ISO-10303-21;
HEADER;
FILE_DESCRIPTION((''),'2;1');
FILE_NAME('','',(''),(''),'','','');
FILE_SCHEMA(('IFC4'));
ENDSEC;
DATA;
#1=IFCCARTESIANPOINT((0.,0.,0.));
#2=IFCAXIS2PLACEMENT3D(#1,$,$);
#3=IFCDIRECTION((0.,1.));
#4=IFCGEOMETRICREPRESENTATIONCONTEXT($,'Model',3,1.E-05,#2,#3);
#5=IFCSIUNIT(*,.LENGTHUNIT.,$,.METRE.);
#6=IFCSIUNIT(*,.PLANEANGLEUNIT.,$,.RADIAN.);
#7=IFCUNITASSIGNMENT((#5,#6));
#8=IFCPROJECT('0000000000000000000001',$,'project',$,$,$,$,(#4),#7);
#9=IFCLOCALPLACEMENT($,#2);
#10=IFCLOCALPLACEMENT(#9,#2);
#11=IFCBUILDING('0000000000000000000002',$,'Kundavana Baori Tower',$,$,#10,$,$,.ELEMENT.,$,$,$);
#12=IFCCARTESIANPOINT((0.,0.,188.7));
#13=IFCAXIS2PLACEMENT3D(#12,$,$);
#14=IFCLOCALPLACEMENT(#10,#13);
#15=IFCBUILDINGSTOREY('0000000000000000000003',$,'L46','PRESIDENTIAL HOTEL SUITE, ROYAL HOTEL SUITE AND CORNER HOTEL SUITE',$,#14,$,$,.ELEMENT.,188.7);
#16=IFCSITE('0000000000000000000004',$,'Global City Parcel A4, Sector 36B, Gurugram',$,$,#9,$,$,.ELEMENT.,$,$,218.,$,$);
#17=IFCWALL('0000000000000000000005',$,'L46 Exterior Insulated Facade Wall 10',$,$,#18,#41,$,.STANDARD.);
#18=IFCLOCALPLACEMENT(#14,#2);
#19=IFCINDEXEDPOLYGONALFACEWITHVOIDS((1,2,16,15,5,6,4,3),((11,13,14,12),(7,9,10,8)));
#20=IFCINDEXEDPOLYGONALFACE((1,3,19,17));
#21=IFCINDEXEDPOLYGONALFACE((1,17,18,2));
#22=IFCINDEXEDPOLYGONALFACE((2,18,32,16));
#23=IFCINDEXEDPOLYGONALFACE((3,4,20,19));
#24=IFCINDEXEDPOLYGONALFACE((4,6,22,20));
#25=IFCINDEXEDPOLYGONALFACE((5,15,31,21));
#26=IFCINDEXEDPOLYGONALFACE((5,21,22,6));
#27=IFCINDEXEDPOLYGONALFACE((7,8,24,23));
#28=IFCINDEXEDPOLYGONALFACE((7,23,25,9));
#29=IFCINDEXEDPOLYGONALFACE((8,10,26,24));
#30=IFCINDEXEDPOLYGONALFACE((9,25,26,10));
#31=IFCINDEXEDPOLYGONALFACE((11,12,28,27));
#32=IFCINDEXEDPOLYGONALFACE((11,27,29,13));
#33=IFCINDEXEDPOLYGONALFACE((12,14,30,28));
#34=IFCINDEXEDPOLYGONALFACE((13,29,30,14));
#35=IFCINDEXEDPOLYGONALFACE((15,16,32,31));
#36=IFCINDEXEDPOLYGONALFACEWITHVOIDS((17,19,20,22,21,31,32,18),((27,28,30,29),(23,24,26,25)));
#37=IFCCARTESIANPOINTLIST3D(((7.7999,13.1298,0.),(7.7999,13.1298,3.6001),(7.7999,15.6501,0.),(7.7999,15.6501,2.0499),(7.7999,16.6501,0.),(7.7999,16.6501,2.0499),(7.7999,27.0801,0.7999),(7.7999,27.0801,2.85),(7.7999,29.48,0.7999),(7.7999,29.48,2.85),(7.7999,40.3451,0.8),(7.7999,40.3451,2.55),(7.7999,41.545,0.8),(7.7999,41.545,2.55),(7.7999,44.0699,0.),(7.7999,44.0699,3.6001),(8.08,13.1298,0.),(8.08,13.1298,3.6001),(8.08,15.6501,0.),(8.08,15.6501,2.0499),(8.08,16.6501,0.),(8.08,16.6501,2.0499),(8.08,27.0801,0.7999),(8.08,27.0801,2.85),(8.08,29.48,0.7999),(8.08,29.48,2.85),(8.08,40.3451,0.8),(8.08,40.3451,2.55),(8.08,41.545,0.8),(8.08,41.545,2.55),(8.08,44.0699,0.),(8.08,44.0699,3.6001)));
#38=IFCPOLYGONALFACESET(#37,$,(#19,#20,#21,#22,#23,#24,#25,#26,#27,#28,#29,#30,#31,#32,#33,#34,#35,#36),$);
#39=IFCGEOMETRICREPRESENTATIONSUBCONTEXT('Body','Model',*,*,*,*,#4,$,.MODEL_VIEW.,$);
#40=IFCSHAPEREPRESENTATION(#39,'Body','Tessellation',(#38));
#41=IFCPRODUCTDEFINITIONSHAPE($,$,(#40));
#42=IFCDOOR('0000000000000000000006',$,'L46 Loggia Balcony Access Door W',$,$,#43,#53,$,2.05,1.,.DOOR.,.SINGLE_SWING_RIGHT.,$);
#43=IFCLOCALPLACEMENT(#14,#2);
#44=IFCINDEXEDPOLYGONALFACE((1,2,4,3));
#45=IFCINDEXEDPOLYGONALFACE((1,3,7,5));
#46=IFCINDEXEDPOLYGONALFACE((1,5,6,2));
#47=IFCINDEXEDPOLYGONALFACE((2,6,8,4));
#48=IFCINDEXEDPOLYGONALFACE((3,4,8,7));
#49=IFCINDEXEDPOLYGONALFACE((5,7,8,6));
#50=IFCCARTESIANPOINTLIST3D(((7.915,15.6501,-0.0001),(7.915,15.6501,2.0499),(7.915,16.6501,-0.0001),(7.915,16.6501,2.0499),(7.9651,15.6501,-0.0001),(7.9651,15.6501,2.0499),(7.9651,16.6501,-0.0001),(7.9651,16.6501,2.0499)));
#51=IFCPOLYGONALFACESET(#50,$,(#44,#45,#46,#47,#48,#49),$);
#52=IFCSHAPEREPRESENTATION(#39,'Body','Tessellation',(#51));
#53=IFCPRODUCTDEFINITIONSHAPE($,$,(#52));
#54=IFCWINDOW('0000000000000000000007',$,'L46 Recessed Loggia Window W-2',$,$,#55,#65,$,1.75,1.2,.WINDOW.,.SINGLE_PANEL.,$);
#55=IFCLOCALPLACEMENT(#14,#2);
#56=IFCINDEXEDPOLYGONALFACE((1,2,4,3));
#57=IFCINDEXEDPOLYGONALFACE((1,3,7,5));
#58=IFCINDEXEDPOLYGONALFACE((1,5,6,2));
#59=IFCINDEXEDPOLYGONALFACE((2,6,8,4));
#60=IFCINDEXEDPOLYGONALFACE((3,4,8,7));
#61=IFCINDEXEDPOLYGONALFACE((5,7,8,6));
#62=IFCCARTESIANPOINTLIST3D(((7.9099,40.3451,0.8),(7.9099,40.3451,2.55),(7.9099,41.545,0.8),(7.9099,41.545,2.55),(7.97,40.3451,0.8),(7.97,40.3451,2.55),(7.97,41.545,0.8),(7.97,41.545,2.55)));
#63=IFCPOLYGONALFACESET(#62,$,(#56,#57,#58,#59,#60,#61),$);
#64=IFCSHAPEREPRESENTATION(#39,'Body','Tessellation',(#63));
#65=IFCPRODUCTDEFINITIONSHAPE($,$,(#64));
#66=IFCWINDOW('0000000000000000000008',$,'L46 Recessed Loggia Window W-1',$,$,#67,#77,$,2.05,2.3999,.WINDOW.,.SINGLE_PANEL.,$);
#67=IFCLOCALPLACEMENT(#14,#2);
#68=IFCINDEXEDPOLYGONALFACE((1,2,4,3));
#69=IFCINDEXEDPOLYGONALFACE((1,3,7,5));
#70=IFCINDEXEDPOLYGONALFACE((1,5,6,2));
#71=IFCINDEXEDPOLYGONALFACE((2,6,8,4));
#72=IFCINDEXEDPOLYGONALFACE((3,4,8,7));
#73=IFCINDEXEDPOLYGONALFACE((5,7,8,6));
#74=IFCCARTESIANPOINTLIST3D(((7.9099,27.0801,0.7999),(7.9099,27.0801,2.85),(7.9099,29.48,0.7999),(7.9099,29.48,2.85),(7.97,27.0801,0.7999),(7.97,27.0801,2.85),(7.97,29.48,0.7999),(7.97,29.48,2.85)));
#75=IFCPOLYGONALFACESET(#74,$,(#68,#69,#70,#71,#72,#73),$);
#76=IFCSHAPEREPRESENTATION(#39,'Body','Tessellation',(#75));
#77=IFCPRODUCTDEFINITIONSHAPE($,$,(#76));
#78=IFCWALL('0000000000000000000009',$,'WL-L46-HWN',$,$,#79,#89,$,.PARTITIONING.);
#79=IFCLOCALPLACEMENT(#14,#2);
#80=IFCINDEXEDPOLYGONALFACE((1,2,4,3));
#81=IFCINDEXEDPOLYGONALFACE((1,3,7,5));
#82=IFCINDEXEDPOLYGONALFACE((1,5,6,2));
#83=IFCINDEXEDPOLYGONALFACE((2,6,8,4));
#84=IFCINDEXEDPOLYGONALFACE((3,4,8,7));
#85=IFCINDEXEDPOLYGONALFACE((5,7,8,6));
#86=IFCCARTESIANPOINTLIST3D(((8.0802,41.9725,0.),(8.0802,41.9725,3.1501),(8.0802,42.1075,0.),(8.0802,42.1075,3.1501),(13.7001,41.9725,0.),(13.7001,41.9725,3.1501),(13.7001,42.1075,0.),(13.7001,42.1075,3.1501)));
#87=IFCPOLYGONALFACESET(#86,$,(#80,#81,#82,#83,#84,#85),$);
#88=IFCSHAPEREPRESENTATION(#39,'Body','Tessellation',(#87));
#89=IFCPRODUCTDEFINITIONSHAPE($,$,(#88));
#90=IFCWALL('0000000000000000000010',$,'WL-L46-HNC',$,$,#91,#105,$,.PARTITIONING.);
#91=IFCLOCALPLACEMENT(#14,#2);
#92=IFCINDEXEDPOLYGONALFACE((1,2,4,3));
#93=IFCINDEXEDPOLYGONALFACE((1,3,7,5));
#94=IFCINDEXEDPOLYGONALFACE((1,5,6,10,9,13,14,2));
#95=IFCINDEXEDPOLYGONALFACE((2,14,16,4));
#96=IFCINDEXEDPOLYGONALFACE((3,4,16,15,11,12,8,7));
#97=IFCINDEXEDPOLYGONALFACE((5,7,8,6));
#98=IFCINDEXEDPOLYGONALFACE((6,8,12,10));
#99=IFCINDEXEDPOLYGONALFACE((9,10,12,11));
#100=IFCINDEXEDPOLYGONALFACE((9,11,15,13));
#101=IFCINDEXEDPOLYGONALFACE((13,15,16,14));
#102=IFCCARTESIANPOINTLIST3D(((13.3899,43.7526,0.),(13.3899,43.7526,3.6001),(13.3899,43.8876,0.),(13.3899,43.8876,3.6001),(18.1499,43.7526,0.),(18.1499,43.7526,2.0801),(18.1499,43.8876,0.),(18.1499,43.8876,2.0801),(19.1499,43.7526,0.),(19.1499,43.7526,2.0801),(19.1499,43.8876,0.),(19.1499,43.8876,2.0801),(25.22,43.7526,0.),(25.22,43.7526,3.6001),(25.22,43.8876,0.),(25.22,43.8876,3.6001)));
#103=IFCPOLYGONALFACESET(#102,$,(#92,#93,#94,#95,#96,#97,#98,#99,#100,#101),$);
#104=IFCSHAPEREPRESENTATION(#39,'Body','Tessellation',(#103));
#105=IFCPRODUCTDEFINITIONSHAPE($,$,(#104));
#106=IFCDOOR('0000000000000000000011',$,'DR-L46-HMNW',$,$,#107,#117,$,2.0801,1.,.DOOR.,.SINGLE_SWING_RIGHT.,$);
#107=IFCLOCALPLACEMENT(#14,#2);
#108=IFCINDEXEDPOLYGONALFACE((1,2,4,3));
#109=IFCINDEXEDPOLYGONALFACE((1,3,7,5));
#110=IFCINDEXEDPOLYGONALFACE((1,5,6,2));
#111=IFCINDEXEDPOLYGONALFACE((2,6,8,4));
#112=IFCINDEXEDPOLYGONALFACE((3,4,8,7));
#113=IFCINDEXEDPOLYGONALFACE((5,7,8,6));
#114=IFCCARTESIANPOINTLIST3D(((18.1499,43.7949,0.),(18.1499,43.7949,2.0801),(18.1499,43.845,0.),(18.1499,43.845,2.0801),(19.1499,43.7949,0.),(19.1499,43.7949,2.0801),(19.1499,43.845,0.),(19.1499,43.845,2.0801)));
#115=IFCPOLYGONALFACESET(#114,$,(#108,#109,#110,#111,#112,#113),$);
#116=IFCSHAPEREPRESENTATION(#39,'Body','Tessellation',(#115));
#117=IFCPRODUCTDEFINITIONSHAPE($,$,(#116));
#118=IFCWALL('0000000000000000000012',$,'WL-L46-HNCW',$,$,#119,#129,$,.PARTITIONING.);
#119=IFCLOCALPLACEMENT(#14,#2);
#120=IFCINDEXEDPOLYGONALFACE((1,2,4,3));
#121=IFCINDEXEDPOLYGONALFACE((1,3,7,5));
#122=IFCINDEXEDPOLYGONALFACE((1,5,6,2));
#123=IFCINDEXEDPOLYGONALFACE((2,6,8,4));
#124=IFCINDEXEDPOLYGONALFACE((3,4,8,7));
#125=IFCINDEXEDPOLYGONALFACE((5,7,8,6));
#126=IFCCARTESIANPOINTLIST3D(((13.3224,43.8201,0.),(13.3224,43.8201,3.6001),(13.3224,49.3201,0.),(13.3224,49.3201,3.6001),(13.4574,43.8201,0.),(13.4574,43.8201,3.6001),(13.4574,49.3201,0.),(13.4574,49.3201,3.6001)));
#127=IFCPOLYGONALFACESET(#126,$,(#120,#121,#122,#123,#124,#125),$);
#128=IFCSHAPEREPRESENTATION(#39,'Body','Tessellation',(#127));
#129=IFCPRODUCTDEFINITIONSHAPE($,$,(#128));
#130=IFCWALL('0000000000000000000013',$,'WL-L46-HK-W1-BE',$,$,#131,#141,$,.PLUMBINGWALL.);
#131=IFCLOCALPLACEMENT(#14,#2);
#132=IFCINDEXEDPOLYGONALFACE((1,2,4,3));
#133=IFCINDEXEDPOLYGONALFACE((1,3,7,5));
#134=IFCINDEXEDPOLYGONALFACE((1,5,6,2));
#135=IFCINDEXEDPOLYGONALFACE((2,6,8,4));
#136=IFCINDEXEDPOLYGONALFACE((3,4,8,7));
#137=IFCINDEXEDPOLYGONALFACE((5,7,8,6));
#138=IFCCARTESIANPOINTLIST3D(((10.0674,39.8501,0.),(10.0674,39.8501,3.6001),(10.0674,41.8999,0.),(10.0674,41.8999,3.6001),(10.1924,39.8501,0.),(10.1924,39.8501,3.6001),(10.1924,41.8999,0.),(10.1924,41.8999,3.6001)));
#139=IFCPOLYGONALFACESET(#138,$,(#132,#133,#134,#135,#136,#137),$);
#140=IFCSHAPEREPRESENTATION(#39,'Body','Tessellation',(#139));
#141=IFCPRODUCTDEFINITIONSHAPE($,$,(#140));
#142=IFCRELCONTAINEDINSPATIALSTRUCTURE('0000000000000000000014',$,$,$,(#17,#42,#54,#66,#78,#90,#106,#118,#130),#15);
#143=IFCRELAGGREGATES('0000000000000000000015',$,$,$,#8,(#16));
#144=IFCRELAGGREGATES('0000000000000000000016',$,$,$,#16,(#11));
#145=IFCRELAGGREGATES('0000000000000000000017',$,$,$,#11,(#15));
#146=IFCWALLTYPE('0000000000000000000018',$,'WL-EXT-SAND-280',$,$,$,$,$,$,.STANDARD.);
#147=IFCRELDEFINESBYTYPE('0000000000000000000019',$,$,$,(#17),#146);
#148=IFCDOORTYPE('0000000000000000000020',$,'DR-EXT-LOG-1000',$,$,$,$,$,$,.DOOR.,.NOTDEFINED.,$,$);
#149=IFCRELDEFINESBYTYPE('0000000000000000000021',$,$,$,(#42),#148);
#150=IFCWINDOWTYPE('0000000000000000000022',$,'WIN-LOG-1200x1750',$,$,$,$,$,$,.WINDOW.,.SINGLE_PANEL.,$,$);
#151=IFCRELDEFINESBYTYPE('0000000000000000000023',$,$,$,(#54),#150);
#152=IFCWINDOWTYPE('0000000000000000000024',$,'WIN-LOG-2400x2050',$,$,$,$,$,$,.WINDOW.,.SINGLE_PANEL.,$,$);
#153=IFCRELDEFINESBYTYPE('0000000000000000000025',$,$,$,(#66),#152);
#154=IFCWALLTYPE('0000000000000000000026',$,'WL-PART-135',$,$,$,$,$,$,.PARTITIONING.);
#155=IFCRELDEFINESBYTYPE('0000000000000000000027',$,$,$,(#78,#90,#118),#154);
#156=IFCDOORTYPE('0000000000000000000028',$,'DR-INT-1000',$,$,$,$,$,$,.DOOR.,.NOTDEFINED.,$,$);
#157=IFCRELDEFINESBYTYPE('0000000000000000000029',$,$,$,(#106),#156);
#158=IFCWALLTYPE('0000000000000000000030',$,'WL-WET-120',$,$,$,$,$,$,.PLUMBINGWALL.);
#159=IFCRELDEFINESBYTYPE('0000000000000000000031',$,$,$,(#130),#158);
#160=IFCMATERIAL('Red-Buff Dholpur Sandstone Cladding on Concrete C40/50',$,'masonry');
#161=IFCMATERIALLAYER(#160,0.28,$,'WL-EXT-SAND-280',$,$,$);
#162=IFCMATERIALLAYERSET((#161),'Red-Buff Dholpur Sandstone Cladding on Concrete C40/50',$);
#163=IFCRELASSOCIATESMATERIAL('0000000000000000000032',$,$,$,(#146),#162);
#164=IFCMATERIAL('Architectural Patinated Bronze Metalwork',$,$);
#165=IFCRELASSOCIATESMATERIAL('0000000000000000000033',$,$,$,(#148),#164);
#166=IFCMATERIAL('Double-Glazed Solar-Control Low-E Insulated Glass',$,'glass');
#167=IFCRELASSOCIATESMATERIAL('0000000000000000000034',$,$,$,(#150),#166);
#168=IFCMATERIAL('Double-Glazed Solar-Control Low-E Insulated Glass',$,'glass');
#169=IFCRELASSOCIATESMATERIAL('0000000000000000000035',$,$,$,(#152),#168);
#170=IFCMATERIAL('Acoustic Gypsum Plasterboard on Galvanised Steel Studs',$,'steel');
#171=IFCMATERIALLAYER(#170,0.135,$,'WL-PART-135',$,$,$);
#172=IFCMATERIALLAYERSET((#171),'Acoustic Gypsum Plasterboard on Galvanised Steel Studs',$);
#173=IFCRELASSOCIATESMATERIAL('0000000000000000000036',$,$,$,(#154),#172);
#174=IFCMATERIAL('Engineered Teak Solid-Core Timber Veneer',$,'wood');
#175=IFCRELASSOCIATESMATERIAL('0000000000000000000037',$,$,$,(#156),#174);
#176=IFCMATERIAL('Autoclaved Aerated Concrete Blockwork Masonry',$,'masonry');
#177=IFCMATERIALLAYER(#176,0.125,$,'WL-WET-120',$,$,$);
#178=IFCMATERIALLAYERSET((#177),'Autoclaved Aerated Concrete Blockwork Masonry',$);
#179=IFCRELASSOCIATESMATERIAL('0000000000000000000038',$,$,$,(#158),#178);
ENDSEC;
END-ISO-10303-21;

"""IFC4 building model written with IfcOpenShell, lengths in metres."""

from ifc_helpers import new_model, si_unit, direction, frame, frame_2d, origin, place, context, subcontext, project, spatial, rectangle, extrude, material, layer, layer_set, type_object, element, fill, save


model = new_model("IFC4")

# Units and contexts
model_context = context("Model", 3, precision=1e-05, world=origin(), true_north=direction((0.0, 1.0)))
body_context = subcontext(model_context, "Body", "Model", "MODEL_VIEW")
ifc_project = project(units=[si_unit("LENGTHUNIT", "METRE"), si_unit("PLANEANGLEUNIT", "RADIAN")], contexts=[model_context])

# Site, building, storey
site_placement = place(None, origin())
site = spatial("IfcSite", under=ifc_project, at=site_placement, Name="Global City Parcel A4, Sector 36B, Gurugram", CompositionType="ELEMENT", RefElevation=218.0)
building_placement = place(site_placement, origin())
building = spatial("IfcBuilding", under=site, at=building_placement, Name="Kundavana Baori Tower", CompositionType="ELEMENT")
storey_placement = place(building_placement, frame((0.0, 0.0, 188.7)))
storey = spatial("IfcBuildingStorey", under=building, at=storey_placement, Name="L46", Description="PRESIDENTIAL HOTEL SUITE, ROYAL HOTEL SUITE AND CORNER HOTEL SUITE", CompositionType="ELEMENT", Elevation=188.7)

# Shared definitions
ifc_material_1 = material(Name="Red-Buff Dholpur Sandstone Cladding on Concrete C40/50", Category="masonry")
ifc_layer_1 = layer(ifc_material_1, 0.28, Name="WL-EXT-SAND-280")
ifc_layer_set_1 = layer_set([ifc_layer_1], Name="Red-Buff Dholpur Sandstone Cladding on Concrete C40/50")
wall_type_1 = type_object("IfcWallType", Name="WL-EXT-SAND-280", PredefinedType="STANDARD", material=ifc_layer_set_1)

# Wall, openings, door, windows
wall_1_placement = place(storey_placement, frame((7.9399, 44.0701, 0.0), z_axis=(0.0, 0.0, 1.0), x_axis=(0.0, -1.0, 0.0)))
wall_1 = element("IfcWall", 1, at=wall_1_placement, inside=storey, type_object=wall_type_1, Name="L46 Exterior Insulated Facade Wall 10", PredefinedType="STANDARD", context=body_context, shape_type="SweptSolid", body=[
    extrude(rectangle(XDim=30.9402, YDim=0.28, at=frame_2d((15.4702, 0.0))), origin(), (0.0, 0.0, 1.0), 3.6001),
])
opening_1_placement = place(wall_1_placement, frame((27.4199, 0.0, 0.0)))
opening_1 = element("IfcOpeningElement", 2, at=opening_1_placement, cuts=wall_1, PredefinedType="OPENING", context=body_context, shape_type="SweptSolid", body=[
    extrude(rectangle(XDim=1.0, YDim=2.05, at=frame_2d((0.5, 1.0249))), frame((0.0, 0.1499, 0.0), z_axis=(0.0, -1.0, 0.0), x_axis=(1.0, 0.0, 0.0)), (0.0, 0.0, 1.0), 0.3),
])
opening_2_placement = place(wall_1_placement, frame((14.5901, 0.0, 0.8)))
opening_2 = element("IfcOpeningElement", 3, at=opening_2_placement, cuts=wall_1, PredefinedType="OPENING", context=body_context, shape_type="SweptSolid", body=[
    extrude(rectangle(XDim=2.3999, YDim=2.05, at=frame_2d((1.2, 1.0249))), frame((0.0, 0.1499, 0.0), z_axis=(0.0, -1.0, 0.0), x_axis=(1.0, 0.0, 0.0)), (0.0, 0.0, 1.0), 0.3),
])
opening_3_placement = place(wall_1_placement, frame((2.5249, 0.0, 0.8)))
opening_3 = element("IfcOpeningElement", 4, at=opening_3_placement, cuts=wall_1, PredefinedType="OPENING", context=body_context, shape_type="SweptSolid", body=[
    extrude(rectangle(XDim=1.2, YDim=1.75, at=frame_2d((0.6001, 0.875))), frame((0.0, 0.1499, 0.0), z_axis=(0.0, -1.0, 0.0), x_axis=(1.0, 0.0, 0.0)), (0.0, 0.0, 1.0), 0.3),
])
ifc_material_2 = material(Name="Architectural Patinated Bronze Metalwork")
door_type_1 = type_object("IfcDoorType", Name="DR-EXT-LOG-1000", OperationType="NOTDEFINED", PredefinedType="DOOR", material=ifc_material_2)
door_1_placement = place(opening_1_placement, frame((1.0, 0.0, 0.0), z_axis=(0.0, 0.0, 1.0), x_axis=(-1.0, 0.0, 0.0)))
door_1 = element("IfcDoor", 5, at=door_1_placement, inside=storey, type_object=door_type_1, Name="L46 Loggia Balcony Access Door W", OperationType="SINGLE_SWING_RIGHT", OverallHeight=2.05, OverallWidth=1.0, PredefinedType="DOOR", context=body_context, shape_type="SweptSolid", body=[
    extrude(rectangle(XDim=1.0, YDim=2.05, at=frame_2d((0.5, 1.0249))), frame((0.0, 0.0249, 0.0), z_axis=(0.0, -1.0, 0.0), x_axis=(1.0, 0.0, 0.0)), (0.0, 0.0, 1.0), 0.05),
])
fill(opening_1, door_1)
ifc_material_3 = material(Name="Double-Glazed Solar-Control Low-E Insulated Glass", Category="glass")
window_type_1 = type_object("IfcWindowType", Name="WIN-LOG-1200x1750", PartitioningType="SINGLE_PANEL", PredefinedType="WINDOW", material=ifc_material_3)
window_1_placement = place(opening_3_placement, origin())
window_1 = element("IfcWindow", 6, at=window_1_placement, inside=storey, type_object=window_type_1, Name="L46 Recessed Loggia Window W-2", OverallHeight=1.75, OverallWidth=1.2, PartitioningType="SINGLE_PANEL", PredefinedType="WINDOW", context=body_context, shape_type="SweptSolid", body=[
    extrude(rectangle(XDim=1.2, YDim=1.75, at=frame_2d((0.6001, 0.875))), frame((0.0, 0.03, 0.0), z_axis=(0.0, -1.0, 0.0), x_axis=(1.0, 0.0, 0.0)), (0.0, 0.0, 1.0), 0.0601),
])
fill(opening_3, window_1)
ifc_material_4 = material(Name="Double-Glazed Solar-Control Low-E Insulated Glass", Category="glass")
window_type_2 = type_object("IfcWindowType", Name="WIN-LOG-2400x2050", PartitioningType="SINGLE_PANEL", PredefinedType="WINDOW", material=ifc_material_4)
window_2_placement = place(opening_2_placement, origin())
window_2 = element("IfcWindow", 7, at=window_2_placement, inside=storey, type_object=window_type_2, Name="L46 Recessed Loggia Window W-1", OverallHeight=2.05, OverallWidth=2.3999, PartitioningType="SINGLE_PANEL", PredefinedType="WINDOW", context=body_context, shape_type="SweptSolid", body=[
    extrude(rectangle(XDim=2.3999, YDim=2.05, at=frame_2d((1.2, 1.0249))), frame((0.0, 0.03, 0.0), z_axis=(0.0, -1.0, 0.0), x_axis=(1.0, 0.0, 0.0)), (0.0, 0.0, 1.0), 0.0601),
])
fill(opening_2, window_2)

# Wall
ifc_material_5 = material(Name="Acoustic Gypsum Plasterboard on Galvanised Steel Studs", Category="steel")
ifc_layer_2 = layer(ifc_material_5, 0.135, Name="WL-PART-135")
ifc_layer_set_2 = layer_set([ifc_layer_2], Name="Acoustic Gypsum Plasterboard on Galvanised Steel Studs")
wall_type_2 = type_object("IfcWallType", Name="WL-PART-135", PredefinedType="PARTITIONING", material=ifc_layer_set_2)
wall_2_placement = place(storey_placement, frame((8.0801, 42.04, 0.0), z_axis=(0.0, 0.0, 1.0), x_axis=(1.0, 0.0, 0.0)))
element("IfcWall", 8, at=wall_2_placement, inside=storey, type_object=wall_type_2, Name="WL-L46-HWN", PredefinedType="PARTITIONING", context=body_context, shape_type="SweptSolid", body=[
    extrude(rectangle(XDim=5.6199, YDim=0.135, at=frame_2d((2.8101, 0.0))), origin(), (0.0, 0.0, 1.0), 3.1501),
])

# Wall, opening, door
wall_3_placement = place(storey_placement, frame((13.3899, 43.8201, 0.0), z_axis=(0.0, 0.0, 1.0), x_axis=(1.0, 0.0, 0.0)))
wall_3 = element("IfcWall", 9, at=wall_3_placement, inside=storey, type_object=wall_type_2, Name="WL-L46-HNC", PredefinedType="PARTITIONING", context=body_context, shape_type="SweptSolid", body=[
    extrude(rectangle(XDim=11.8301, YDim=0.135, at=frame_2d((5.915, 0.0))), origin(), (0.0, 0.0, 1.0), 3.6001),
])
opening_4_placement = place(wall_3_placement, frame((4.76, 0.0, 0.0)))
opening_4 = element("IfcOpeningElement", 10, at=opening_4_placement, cuts=wall_3, PredefinedType="OPENING", context=body_context, shape_type="SweptSolid", body=[
    extrude(rectangle(XDim=1.0, YDim=2.0801, at=frame_2d((0.5, 1.04))), frame((0.0, 0.0776, 0.0), z_axis=(0.0, -1.0, 0.0), x_axis=(1.0, 0.0, 0.0)), (0.0, 0.0, 1.0), 0.155),
])
ifc_material_6 = material(Name="Engineered Teak Solid-Core Timber Veneer", Category="wood")
door_type_2 = type_object("IfcDoorType", Name="DR-INT-1000", OperationType="NOTDEFINED", PredefinedType="DOOR", material=ifc_material_6)
door_2_placement = place(opening_4_placement, origin())
door_2 = element("IfcDoor", 11, at=door_2_placement, inside=storey, type_object=door_type_2, Name="DR-L46-HMNW", OperationType="SINGLE_SWING_RIGHT", OverallHeight=2.0801, OverallWidth=1.0, PredefinedType="DOOR", context=body_context, shape_type="SweptSolid", body=[
    extrude(rectangle(XDim=1.0, YDim=2.0801, at=frame_2d((0.5, 1.04))), frame((0.0, 0.0249, 0.0), z_axis=(0.0, -1.0, 0.0), x_axis=(1.0, 0.0, 0.0)), (0.0, 0.0, 1.0), 0.05),
])
fill(opening_4, door_2)

# Walls
wall_4_placement = place(storey_placement, frame((13.3899, 43.8201, 0.0), z_axis=(0.0, 0.0, 1.0), x_axis=(0.0, 1.0, 0.0)))
element("IfcWall", 12, at=wall_4_placement, inside=storey, type_object=wall_type_2, Name="WL-L46-HNCW", PredefinedType="PARTITIONING", context=body_context, shape_type="SweptSolid", body=[
    extrude(rectangle(XDim=5.5, YDim=0.135, at=frame_2d((2.75, 0.0))), origin(), (0.0, 0.0, 1.0), 3.6001),
])
ifc_material_7 = material(Name="Autoclaved Aerated Concrete Blockwork Masonry", Category="masonry")
ifc_layer_3 = layer(ifc_material_7, 0.125, Name="WL-WET-120")
ifc_layer_set_3 = layer_set([ifc_layer_3], Name="Autoclaved Aerated Concrete Blockwork Masonry")
wall_type_3 = type_object("IfcWallType", Name="WL-WET-120", PredefinedType="PLUMBINGWALL", material=ifc_layer_set_3)
wall_5_placement = place(storey_placement, frame((10.1299, 39.8501, 0.0), z_axis=(0.0, 0.0, 1.0), x_axis=(0.0, 1.0, 0.0)))
element("IfcWall", 13, at=wall_5_placement, inside=storey, type_object=wall_type_3, Name="WL-L46-HK-W1-BE", PredefinedType="PLUMBINGWALL", context=body_context, shape_type="SweptSolid", body=[
    extrude(rectangle(XDim=2.0498, YDim=0.125, at=frame_2d((1.0249, 0.0))), origin(), (0.0, 0.0, 1.0), 3.6001),
])

save(model, "model.ifc")
